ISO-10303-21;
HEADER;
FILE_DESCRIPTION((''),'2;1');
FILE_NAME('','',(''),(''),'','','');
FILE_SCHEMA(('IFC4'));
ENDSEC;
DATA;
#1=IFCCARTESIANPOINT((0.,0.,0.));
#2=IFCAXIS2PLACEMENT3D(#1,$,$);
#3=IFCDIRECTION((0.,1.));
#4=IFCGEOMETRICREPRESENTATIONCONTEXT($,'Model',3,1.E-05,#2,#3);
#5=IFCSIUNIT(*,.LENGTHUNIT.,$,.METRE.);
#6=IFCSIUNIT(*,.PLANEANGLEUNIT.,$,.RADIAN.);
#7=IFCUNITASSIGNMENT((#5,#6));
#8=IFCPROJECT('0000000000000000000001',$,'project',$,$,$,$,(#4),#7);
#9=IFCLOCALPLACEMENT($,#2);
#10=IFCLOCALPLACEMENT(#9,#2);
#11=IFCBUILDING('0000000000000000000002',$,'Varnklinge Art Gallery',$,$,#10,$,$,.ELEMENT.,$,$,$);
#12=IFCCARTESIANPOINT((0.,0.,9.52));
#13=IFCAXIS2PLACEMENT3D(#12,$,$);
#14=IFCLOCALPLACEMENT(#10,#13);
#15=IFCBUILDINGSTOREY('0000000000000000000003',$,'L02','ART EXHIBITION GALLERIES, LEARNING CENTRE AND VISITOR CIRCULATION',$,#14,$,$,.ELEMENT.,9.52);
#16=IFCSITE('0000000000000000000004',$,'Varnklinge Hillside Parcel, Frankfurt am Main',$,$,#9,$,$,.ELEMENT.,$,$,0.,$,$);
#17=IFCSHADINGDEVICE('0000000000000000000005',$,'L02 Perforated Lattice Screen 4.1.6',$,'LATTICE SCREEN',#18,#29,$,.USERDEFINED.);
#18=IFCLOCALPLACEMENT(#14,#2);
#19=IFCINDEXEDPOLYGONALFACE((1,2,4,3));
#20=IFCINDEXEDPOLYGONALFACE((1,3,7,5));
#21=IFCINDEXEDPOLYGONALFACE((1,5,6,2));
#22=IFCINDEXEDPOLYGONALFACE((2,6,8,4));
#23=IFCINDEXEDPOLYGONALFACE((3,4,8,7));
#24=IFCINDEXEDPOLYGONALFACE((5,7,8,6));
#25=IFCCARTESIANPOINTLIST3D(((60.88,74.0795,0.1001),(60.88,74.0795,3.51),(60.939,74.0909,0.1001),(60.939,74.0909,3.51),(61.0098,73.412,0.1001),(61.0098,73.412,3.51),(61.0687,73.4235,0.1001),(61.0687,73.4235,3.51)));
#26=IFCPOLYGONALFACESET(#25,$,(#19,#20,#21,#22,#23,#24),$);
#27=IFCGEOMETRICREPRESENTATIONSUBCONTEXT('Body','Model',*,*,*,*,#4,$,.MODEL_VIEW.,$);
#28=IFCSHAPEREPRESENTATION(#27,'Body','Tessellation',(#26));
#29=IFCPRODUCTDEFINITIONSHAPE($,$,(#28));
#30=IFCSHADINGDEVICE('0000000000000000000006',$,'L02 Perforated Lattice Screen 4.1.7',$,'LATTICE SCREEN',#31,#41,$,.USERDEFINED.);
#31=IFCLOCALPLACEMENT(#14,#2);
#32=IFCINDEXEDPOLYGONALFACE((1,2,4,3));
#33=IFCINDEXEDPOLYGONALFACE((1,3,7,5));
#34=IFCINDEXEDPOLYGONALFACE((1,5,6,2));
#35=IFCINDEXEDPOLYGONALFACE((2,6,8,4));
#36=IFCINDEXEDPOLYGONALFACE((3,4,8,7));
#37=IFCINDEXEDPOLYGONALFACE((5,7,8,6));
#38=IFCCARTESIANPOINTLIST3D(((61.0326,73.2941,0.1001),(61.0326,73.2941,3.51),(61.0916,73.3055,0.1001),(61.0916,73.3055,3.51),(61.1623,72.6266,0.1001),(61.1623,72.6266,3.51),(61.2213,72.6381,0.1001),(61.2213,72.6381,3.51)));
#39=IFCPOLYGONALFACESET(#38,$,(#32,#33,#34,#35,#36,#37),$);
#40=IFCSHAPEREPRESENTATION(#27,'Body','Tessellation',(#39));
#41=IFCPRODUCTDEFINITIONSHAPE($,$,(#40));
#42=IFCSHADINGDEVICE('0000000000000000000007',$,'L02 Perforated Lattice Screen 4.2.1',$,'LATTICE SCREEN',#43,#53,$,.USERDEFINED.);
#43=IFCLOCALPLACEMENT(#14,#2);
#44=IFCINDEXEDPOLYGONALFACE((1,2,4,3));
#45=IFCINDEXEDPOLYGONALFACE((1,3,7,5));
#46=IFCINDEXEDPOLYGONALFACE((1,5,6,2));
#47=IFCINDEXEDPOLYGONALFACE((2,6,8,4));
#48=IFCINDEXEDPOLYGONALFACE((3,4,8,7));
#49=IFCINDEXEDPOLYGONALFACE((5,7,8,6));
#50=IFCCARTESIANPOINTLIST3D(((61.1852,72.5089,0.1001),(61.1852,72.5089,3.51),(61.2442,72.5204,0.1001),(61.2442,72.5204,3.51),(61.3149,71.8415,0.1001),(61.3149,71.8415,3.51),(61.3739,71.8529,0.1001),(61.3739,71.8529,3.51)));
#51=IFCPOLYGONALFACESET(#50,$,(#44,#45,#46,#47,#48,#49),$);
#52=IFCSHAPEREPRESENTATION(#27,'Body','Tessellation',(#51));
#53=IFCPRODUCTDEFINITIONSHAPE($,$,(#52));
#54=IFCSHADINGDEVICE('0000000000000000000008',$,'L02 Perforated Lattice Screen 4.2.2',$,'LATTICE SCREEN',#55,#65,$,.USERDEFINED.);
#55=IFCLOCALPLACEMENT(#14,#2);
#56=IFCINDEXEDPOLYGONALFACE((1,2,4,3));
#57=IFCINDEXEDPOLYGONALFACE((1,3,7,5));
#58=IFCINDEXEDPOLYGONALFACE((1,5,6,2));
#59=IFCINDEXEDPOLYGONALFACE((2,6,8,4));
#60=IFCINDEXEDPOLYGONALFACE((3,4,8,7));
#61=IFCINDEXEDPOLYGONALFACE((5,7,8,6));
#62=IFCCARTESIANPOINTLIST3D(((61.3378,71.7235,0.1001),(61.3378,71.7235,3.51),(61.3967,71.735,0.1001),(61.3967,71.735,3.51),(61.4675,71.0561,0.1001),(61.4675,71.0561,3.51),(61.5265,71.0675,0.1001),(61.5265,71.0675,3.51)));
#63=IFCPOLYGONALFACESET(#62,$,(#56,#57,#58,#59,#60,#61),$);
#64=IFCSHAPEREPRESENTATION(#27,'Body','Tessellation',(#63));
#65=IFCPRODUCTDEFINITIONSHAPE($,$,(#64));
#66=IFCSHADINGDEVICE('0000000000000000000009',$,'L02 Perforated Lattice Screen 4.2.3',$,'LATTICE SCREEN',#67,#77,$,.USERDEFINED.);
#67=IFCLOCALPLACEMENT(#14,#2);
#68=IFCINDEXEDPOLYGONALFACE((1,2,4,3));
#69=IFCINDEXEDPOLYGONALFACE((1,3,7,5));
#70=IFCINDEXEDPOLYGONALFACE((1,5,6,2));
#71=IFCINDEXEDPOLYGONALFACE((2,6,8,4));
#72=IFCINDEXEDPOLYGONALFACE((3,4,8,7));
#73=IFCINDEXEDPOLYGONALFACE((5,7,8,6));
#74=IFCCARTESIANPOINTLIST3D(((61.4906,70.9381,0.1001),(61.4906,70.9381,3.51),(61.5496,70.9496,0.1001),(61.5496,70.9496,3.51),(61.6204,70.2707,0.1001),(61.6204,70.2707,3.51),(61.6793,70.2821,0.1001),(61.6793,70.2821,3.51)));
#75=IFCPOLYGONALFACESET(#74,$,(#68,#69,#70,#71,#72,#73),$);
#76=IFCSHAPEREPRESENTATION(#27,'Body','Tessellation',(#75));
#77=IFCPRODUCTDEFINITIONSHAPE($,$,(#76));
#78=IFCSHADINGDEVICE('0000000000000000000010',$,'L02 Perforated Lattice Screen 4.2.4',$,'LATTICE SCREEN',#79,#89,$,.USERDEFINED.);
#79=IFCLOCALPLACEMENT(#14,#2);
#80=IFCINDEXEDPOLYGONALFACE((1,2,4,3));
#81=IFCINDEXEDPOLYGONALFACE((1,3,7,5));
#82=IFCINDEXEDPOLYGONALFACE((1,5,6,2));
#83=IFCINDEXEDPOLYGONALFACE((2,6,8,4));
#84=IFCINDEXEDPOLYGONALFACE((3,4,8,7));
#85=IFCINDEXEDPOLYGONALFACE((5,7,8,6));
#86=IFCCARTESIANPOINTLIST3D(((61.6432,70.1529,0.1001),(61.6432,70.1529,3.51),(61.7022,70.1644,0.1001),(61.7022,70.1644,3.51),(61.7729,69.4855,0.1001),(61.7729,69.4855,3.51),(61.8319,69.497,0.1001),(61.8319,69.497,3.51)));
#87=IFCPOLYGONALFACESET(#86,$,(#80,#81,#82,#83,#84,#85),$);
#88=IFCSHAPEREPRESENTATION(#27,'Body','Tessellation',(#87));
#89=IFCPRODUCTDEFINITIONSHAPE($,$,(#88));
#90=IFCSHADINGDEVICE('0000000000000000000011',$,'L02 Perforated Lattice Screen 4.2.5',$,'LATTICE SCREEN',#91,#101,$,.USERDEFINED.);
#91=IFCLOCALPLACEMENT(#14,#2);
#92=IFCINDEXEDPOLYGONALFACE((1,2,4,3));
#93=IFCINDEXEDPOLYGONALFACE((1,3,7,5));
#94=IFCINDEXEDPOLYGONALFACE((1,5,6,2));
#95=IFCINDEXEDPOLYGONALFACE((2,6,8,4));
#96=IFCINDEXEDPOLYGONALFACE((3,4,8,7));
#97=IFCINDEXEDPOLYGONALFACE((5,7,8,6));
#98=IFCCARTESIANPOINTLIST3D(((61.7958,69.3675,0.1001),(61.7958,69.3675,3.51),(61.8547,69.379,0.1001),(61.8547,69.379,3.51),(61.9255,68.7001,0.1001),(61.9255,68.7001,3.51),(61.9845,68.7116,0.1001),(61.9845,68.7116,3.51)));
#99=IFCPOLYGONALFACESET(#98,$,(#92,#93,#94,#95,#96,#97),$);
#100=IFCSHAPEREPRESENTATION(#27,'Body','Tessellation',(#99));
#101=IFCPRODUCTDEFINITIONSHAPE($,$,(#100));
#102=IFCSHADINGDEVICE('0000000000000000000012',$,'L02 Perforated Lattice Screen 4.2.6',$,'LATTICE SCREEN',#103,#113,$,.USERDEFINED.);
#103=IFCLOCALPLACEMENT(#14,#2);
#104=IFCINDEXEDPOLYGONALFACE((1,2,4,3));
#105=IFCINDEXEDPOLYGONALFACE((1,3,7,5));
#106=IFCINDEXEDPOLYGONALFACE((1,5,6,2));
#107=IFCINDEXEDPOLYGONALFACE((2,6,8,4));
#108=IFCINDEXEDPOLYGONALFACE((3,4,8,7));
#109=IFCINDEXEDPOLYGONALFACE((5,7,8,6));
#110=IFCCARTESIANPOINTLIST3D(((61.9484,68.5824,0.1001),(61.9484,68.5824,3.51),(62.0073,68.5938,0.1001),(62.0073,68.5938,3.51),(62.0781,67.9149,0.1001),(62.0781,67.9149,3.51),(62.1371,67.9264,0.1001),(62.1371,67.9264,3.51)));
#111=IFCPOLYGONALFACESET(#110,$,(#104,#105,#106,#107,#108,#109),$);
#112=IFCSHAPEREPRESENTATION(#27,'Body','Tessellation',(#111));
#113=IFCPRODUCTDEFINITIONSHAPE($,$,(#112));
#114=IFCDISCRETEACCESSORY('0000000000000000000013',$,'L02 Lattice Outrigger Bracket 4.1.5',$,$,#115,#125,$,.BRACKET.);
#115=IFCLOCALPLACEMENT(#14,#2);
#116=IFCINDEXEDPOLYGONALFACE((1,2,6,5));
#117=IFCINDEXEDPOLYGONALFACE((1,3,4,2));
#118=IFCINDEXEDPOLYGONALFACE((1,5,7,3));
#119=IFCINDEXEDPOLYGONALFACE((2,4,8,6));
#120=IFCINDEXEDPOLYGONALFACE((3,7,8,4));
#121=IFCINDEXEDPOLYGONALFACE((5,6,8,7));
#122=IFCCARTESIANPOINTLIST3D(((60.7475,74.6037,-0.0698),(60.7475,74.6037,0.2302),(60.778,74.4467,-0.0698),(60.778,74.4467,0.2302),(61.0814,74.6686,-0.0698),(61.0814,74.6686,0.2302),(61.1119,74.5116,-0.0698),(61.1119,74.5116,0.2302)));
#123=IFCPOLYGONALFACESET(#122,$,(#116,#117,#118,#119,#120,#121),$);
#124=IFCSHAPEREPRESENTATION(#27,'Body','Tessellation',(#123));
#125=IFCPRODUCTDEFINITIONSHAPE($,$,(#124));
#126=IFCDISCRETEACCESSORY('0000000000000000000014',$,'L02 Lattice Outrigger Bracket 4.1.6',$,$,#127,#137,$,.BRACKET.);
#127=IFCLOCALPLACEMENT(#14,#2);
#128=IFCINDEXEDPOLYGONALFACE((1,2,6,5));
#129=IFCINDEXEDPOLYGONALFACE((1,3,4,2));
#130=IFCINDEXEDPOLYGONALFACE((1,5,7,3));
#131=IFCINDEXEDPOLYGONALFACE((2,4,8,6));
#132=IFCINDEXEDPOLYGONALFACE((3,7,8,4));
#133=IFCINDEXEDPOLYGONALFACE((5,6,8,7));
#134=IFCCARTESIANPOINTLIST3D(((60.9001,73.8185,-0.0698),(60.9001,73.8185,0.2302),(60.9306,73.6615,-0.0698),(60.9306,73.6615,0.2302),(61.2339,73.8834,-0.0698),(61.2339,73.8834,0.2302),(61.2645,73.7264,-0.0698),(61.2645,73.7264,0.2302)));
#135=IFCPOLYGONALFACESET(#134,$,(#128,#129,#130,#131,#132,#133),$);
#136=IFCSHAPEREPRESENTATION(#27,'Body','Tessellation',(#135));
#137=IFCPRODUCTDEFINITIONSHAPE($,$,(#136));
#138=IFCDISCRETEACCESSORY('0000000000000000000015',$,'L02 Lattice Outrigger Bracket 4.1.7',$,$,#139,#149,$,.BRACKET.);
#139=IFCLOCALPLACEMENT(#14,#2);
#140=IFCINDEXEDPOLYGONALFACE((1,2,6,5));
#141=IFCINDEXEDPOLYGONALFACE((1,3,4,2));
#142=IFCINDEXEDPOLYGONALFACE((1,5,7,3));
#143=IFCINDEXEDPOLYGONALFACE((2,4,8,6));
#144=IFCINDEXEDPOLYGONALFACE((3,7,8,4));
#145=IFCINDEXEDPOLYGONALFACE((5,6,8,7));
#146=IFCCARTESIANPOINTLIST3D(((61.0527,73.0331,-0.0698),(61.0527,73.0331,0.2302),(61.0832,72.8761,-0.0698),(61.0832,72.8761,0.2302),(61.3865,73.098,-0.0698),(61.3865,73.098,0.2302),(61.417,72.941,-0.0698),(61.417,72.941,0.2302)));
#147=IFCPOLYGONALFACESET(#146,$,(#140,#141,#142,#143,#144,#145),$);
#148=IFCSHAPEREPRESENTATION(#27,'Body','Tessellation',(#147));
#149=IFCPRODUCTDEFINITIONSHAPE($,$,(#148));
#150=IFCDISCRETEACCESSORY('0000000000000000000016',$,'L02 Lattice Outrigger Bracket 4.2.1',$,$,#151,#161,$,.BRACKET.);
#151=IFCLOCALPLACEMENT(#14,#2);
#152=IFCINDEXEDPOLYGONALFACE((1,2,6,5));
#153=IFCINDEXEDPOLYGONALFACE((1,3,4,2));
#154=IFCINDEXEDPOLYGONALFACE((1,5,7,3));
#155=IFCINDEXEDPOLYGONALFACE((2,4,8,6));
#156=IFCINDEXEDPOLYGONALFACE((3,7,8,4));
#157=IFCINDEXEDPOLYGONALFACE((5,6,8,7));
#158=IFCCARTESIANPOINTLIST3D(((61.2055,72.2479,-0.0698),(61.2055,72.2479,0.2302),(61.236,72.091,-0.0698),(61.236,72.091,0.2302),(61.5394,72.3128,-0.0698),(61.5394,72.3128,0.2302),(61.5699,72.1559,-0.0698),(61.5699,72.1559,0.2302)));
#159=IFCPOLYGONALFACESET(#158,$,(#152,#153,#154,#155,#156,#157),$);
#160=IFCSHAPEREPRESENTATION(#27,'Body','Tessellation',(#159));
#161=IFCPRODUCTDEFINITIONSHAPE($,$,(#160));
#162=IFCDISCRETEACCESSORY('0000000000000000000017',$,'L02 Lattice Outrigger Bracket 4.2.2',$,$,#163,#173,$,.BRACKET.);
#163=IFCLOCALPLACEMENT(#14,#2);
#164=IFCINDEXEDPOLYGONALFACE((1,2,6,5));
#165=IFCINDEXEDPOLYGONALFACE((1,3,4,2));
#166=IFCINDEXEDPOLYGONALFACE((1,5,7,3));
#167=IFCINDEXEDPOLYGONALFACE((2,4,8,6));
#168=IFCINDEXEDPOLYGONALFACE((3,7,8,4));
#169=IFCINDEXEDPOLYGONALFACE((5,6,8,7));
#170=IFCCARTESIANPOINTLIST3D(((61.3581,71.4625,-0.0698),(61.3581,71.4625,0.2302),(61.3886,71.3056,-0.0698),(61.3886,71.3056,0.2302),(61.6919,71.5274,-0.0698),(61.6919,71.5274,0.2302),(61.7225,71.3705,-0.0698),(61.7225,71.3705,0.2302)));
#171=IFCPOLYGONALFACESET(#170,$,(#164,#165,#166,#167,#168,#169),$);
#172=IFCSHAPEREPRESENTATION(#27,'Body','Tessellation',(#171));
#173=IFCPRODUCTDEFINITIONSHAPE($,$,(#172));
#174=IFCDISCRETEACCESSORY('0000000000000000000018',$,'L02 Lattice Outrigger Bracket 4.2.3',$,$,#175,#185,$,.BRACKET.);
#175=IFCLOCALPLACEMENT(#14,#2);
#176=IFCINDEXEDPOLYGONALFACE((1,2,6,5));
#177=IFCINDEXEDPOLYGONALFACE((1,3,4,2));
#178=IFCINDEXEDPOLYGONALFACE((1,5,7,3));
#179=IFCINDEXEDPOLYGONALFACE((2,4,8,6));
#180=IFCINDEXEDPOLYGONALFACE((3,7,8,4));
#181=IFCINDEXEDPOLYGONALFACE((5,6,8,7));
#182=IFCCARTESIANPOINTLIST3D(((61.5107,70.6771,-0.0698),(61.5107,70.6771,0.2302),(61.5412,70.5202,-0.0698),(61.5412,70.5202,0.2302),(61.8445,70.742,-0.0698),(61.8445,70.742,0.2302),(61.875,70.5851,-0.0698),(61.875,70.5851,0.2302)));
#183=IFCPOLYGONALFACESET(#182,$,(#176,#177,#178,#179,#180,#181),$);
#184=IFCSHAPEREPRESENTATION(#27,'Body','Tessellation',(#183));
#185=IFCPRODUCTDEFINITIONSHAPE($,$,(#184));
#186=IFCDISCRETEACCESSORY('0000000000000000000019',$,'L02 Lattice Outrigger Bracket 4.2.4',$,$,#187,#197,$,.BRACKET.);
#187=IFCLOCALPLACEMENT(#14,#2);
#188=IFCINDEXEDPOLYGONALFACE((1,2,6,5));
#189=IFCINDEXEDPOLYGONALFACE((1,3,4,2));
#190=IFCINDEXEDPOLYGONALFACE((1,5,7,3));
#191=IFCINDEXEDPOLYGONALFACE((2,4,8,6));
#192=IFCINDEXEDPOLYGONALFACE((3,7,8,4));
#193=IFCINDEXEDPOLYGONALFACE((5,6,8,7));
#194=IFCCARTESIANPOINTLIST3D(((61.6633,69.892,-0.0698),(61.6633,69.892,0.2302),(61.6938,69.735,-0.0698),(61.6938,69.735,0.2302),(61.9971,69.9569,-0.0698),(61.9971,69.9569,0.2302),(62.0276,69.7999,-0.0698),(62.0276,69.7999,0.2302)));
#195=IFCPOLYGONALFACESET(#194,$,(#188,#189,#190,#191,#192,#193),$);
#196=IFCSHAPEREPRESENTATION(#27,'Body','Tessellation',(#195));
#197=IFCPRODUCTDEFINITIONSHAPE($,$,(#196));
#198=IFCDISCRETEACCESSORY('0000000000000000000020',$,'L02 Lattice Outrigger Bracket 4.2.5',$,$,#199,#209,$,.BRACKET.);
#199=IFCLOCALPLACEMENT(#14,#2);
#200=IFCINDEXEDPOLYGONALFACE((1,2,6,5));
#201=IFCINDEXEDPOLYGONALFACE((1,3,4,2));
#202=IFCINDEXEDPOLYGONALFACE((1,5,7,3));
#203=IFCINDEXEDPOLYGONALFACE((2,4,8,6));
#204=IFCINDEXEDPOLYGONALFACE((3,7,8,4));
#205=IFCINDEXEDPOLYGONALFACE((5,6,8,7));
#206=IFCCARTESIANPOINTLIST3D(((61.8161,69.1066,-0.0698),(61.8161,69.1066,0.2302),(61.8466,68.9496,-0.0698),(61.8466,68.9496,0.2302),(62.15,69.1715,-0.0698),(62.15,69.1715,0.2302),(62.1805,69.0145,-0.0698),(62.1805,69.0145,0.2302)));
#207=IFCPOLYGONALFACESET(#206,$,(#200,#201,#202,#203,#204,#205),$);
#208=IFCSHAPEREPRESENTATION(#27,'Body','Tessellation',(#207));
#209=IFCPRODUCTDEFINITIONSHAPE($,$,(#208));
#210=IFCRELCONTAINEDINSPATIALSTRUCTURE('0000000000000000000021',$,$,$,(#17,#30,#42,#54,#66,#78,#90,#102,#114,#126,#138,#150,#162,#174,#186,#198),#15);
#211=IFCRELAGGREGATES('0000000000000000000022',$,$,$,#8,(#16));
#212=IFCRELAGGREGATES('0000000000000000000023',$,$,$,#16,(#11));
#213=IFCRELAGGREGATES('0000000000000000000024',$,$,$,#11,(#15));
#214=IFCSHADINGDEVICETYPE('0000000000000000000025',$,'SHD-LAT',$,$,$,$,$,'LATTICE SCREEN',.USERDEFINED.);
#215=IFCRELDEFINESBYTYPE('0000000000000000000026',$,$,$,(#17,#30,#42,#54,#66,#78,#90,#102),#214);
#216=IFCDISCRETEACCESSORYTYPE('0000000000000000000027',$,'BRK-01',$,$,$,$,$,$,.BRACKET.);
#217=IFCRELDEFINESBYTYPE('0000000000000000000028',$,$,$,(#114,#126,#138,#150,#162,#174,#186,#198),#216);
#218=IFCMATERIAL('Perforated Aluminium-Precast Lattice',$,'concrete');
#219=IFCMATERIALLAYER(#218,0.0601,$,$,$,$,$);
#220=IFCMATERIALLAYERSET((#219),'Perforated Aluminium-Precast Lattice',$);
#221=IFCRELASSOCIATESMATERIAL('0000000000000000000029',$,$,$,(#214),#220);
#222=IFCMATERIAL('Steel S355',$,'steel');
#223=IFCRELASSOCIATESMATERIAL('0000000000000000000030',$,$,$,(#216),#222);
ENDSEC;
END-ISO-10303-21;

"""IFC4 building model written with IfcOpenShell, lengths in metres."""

from ifc_helpers import new_model, si_unit, direction, frame, origin, origin_2d, place, context, subcontext, project, spatial, rectangle, extrude, material, layer, layer_set, type_object, element, save


model = new_model("IFC4")

# Units and contexts
model_context = context("Model", 3, precision=1e-05, world=origin(), true_north=direction((0.0, 1.0)))
body_context = subcontext(model_context, "Body", "Model", "MODEL_VIEW")
ifc_project = project(units=[si_unit("LENGTHUNIT", "METRE"), si_unit("PLANEANGLEUNIT", "RADIAN")], contexts=[model_context])

# Site, building, storey
site_placement = place(None, origin())
site = spatial("IfcSite", under=ifc_project, at=site_placement, Name="Varnklinge Hillside Parcel, Frankfurt am Main", CompositionType="ELEMENT", RefElevation=0.0)
building_placement = place(site_placement, origin())
building = spatial("IfcBuilding", under=site, at=building_placement, Name="Varnklinge Art Gallery", CompositionType="ELEMENT")
storey_placement = place(building_placement, frame((0.0, 0.0, 9.52)))
storey = spatial("IfcBuildingStorey", under=building, at=storey_placement, Name="L02", Description="ART EXHIBITION GALLERIES, LEARNING CENTRE AND VISITOR CIRCULATION", CompositionType="ELEMENT", Elevation=9.52)

# Shading devices
ifc_material_1 = material(Name="Perforated Aluminium-Precast Lattice", Category="concrete")
ifc_layer_1 = layer(ifc_material_1, 0.0601)
ifc_layer_set_1 = layer_set([ifc_layer_1], Name="Perforated Aluminium-Precast Lattice")
shading_device_type = type_object("IfcShadingDeviceType", Name="SHD-LAT", ElementType="LATTICE SCREEN", PredefinedType="USERDEFINED", material=ifc_layer_set_1)
for number, where, z_axis, x_axis, name in (
    (1, (60.9744, 73.7515, 0.1001), (0.0, 0.0, 1.0), (0.190809, -0.981627, 0.0), "L02 Perforated Lattice Screen 4.1.6"),
    (2, (61.127, 72.9661, 0.1001), (0.0, 0.0, 1.0), (0.190809, -0.981627, 0.0), "L02 Perforated Lattice Screen 4.1.7"),
    (3, (61.2795, 72.1809, 0.1001), (0.0, 0.0, 1.0), (0.190809, -0.981627, 0.0), "L02 Perforated Lattice Screen 4.2.1"),
    (4, (61.4321, 71.3955, 0.1001), (0.0, 0.0, 1.0), (0.190809, -0.981627, 0.0), "L02 Perforated Lattice Screen 4.2.2"),
    (5, (61.585, 70.6101, 0.1001), (0.0, 0.0, 1.0), (0.190809, -0.981627, 0.0), "L02 Perforated Lattice Screen 4.2.3"),
    (6, (61.7375, 69.825, 0.1001), (0.0, 0.0, 1.0), (0.190809, -0.981627, 0.0), "L02 Perforated Lattice Screen 4.2.4"),
    (7, (61.8901, 69.0396, 0.1001), (0.0, 0.0, 1.0), (0.190809, -0.981627, 0.0), "L02 Perforated Lattice Screen 4.2.5"),
    (8, (62.0427, 68.2544, 0.1001), (0.0, 0.0, 1.0), (0.190809, -0.981627, 0.0), "L02 Perforated Lattice Screen 4.2.6"),
):
    element("IfcShadingDevice", number, at=place(storey_placement, frame(where, z_axis=z_axis, x_axis=x_axis)), inside=storey, type_object=shading_device_type, Name=name, ObjectType="LATTICE SCREEN", PredefinedType="USERDEFINED", context=body_context, shape_type="SweptSolid", body=[
        extrude(rectangle(XDim=0.6799, YDim=0.0601, at=origin_2d()), origin(), (0.0, 0.0, 1.0), 3.4099),
    ])

# Discrete accessories
ifc_material_2 = material(Name="Steel S355", Category="steel")
discrete_accessory_type = type_object("IfcDiscreteAccessoryType", Name="BRK-01", PredefinedType="BRACKET", material=ifc_material_2)
for number, where, z_axis, x_axis, name in (
    (9, (60.9297, 74.5576, -0.0698), (0.0, 0.0, 1.0), (0.190809, -0.981627, 0.0), "L02 Lattice Outrigger Bracket 4.1.5"),
    (10, (61.0823, 73.7725, -0.0698), (0.0, 0.0, 1.0), (0.190809, -0.981627, 0.0), "L02 Lattice Outrigger Bracket 4.1.6"),
    (11, (61.2349, 72.9871, -0.0698), (0.0, 0.0, 1.0), (0.190809, -0.981627, 0.0), "L02 Lattice Outrigger Bracket 4.1.7"),
    (12, (61.3877, 72.2019, -0.0698), (0.0, 0.0, 1.0), (0.190809, -0.981627, 0.0), "L02 Lattice Outrigger Bracket 4.2.1"),
    (13, (61.5403, 71.4165, -0.0698), (0.0, 0.0, 1.0), (0.190809, -0.981627, 0.0), "L02 Lattice Outrigger Bracket 4.2.2"),
    (14, (61.6929, 70.6311, -0.0698), (0.0, 0.0, 1.0), (0.190809, -0.981627, 0.0), "L02 Lattice Outrigger Bracket 4.2.3"),
    (15, (61.8455, 69.8459, -0.0698), (0.0, 0.0, 1.0), (0.190809, -0.981627, 0.0), "L02 Lattice Outrigger Bracket 4.2.4"),
    (16, (61.9983, 69.0605, -0.0698), (0.0, 0.0, 1.0), (0.190809, -0.981627, 0.0), "L02 Lattice Outrigger Bracket 4.2.5"),
):
    element("IfcDiscreteAccessory", number, at=place(storey_placement, frame(where, z_axis=z_axis, x_axis=x_axis)), inside=storey, type_object=discrete_accessory_type, Name=name, PredefinedType="BRACKET", context=body_context, shape_type="SweptSolid", body=[
        extrude(rectangle(XDim=0.1599, YDim=0.3401, at=origin_2d()), origin(), (0.0, 0.0, 1.0), 0.3),
    ])

save(model, "model.ifc")
